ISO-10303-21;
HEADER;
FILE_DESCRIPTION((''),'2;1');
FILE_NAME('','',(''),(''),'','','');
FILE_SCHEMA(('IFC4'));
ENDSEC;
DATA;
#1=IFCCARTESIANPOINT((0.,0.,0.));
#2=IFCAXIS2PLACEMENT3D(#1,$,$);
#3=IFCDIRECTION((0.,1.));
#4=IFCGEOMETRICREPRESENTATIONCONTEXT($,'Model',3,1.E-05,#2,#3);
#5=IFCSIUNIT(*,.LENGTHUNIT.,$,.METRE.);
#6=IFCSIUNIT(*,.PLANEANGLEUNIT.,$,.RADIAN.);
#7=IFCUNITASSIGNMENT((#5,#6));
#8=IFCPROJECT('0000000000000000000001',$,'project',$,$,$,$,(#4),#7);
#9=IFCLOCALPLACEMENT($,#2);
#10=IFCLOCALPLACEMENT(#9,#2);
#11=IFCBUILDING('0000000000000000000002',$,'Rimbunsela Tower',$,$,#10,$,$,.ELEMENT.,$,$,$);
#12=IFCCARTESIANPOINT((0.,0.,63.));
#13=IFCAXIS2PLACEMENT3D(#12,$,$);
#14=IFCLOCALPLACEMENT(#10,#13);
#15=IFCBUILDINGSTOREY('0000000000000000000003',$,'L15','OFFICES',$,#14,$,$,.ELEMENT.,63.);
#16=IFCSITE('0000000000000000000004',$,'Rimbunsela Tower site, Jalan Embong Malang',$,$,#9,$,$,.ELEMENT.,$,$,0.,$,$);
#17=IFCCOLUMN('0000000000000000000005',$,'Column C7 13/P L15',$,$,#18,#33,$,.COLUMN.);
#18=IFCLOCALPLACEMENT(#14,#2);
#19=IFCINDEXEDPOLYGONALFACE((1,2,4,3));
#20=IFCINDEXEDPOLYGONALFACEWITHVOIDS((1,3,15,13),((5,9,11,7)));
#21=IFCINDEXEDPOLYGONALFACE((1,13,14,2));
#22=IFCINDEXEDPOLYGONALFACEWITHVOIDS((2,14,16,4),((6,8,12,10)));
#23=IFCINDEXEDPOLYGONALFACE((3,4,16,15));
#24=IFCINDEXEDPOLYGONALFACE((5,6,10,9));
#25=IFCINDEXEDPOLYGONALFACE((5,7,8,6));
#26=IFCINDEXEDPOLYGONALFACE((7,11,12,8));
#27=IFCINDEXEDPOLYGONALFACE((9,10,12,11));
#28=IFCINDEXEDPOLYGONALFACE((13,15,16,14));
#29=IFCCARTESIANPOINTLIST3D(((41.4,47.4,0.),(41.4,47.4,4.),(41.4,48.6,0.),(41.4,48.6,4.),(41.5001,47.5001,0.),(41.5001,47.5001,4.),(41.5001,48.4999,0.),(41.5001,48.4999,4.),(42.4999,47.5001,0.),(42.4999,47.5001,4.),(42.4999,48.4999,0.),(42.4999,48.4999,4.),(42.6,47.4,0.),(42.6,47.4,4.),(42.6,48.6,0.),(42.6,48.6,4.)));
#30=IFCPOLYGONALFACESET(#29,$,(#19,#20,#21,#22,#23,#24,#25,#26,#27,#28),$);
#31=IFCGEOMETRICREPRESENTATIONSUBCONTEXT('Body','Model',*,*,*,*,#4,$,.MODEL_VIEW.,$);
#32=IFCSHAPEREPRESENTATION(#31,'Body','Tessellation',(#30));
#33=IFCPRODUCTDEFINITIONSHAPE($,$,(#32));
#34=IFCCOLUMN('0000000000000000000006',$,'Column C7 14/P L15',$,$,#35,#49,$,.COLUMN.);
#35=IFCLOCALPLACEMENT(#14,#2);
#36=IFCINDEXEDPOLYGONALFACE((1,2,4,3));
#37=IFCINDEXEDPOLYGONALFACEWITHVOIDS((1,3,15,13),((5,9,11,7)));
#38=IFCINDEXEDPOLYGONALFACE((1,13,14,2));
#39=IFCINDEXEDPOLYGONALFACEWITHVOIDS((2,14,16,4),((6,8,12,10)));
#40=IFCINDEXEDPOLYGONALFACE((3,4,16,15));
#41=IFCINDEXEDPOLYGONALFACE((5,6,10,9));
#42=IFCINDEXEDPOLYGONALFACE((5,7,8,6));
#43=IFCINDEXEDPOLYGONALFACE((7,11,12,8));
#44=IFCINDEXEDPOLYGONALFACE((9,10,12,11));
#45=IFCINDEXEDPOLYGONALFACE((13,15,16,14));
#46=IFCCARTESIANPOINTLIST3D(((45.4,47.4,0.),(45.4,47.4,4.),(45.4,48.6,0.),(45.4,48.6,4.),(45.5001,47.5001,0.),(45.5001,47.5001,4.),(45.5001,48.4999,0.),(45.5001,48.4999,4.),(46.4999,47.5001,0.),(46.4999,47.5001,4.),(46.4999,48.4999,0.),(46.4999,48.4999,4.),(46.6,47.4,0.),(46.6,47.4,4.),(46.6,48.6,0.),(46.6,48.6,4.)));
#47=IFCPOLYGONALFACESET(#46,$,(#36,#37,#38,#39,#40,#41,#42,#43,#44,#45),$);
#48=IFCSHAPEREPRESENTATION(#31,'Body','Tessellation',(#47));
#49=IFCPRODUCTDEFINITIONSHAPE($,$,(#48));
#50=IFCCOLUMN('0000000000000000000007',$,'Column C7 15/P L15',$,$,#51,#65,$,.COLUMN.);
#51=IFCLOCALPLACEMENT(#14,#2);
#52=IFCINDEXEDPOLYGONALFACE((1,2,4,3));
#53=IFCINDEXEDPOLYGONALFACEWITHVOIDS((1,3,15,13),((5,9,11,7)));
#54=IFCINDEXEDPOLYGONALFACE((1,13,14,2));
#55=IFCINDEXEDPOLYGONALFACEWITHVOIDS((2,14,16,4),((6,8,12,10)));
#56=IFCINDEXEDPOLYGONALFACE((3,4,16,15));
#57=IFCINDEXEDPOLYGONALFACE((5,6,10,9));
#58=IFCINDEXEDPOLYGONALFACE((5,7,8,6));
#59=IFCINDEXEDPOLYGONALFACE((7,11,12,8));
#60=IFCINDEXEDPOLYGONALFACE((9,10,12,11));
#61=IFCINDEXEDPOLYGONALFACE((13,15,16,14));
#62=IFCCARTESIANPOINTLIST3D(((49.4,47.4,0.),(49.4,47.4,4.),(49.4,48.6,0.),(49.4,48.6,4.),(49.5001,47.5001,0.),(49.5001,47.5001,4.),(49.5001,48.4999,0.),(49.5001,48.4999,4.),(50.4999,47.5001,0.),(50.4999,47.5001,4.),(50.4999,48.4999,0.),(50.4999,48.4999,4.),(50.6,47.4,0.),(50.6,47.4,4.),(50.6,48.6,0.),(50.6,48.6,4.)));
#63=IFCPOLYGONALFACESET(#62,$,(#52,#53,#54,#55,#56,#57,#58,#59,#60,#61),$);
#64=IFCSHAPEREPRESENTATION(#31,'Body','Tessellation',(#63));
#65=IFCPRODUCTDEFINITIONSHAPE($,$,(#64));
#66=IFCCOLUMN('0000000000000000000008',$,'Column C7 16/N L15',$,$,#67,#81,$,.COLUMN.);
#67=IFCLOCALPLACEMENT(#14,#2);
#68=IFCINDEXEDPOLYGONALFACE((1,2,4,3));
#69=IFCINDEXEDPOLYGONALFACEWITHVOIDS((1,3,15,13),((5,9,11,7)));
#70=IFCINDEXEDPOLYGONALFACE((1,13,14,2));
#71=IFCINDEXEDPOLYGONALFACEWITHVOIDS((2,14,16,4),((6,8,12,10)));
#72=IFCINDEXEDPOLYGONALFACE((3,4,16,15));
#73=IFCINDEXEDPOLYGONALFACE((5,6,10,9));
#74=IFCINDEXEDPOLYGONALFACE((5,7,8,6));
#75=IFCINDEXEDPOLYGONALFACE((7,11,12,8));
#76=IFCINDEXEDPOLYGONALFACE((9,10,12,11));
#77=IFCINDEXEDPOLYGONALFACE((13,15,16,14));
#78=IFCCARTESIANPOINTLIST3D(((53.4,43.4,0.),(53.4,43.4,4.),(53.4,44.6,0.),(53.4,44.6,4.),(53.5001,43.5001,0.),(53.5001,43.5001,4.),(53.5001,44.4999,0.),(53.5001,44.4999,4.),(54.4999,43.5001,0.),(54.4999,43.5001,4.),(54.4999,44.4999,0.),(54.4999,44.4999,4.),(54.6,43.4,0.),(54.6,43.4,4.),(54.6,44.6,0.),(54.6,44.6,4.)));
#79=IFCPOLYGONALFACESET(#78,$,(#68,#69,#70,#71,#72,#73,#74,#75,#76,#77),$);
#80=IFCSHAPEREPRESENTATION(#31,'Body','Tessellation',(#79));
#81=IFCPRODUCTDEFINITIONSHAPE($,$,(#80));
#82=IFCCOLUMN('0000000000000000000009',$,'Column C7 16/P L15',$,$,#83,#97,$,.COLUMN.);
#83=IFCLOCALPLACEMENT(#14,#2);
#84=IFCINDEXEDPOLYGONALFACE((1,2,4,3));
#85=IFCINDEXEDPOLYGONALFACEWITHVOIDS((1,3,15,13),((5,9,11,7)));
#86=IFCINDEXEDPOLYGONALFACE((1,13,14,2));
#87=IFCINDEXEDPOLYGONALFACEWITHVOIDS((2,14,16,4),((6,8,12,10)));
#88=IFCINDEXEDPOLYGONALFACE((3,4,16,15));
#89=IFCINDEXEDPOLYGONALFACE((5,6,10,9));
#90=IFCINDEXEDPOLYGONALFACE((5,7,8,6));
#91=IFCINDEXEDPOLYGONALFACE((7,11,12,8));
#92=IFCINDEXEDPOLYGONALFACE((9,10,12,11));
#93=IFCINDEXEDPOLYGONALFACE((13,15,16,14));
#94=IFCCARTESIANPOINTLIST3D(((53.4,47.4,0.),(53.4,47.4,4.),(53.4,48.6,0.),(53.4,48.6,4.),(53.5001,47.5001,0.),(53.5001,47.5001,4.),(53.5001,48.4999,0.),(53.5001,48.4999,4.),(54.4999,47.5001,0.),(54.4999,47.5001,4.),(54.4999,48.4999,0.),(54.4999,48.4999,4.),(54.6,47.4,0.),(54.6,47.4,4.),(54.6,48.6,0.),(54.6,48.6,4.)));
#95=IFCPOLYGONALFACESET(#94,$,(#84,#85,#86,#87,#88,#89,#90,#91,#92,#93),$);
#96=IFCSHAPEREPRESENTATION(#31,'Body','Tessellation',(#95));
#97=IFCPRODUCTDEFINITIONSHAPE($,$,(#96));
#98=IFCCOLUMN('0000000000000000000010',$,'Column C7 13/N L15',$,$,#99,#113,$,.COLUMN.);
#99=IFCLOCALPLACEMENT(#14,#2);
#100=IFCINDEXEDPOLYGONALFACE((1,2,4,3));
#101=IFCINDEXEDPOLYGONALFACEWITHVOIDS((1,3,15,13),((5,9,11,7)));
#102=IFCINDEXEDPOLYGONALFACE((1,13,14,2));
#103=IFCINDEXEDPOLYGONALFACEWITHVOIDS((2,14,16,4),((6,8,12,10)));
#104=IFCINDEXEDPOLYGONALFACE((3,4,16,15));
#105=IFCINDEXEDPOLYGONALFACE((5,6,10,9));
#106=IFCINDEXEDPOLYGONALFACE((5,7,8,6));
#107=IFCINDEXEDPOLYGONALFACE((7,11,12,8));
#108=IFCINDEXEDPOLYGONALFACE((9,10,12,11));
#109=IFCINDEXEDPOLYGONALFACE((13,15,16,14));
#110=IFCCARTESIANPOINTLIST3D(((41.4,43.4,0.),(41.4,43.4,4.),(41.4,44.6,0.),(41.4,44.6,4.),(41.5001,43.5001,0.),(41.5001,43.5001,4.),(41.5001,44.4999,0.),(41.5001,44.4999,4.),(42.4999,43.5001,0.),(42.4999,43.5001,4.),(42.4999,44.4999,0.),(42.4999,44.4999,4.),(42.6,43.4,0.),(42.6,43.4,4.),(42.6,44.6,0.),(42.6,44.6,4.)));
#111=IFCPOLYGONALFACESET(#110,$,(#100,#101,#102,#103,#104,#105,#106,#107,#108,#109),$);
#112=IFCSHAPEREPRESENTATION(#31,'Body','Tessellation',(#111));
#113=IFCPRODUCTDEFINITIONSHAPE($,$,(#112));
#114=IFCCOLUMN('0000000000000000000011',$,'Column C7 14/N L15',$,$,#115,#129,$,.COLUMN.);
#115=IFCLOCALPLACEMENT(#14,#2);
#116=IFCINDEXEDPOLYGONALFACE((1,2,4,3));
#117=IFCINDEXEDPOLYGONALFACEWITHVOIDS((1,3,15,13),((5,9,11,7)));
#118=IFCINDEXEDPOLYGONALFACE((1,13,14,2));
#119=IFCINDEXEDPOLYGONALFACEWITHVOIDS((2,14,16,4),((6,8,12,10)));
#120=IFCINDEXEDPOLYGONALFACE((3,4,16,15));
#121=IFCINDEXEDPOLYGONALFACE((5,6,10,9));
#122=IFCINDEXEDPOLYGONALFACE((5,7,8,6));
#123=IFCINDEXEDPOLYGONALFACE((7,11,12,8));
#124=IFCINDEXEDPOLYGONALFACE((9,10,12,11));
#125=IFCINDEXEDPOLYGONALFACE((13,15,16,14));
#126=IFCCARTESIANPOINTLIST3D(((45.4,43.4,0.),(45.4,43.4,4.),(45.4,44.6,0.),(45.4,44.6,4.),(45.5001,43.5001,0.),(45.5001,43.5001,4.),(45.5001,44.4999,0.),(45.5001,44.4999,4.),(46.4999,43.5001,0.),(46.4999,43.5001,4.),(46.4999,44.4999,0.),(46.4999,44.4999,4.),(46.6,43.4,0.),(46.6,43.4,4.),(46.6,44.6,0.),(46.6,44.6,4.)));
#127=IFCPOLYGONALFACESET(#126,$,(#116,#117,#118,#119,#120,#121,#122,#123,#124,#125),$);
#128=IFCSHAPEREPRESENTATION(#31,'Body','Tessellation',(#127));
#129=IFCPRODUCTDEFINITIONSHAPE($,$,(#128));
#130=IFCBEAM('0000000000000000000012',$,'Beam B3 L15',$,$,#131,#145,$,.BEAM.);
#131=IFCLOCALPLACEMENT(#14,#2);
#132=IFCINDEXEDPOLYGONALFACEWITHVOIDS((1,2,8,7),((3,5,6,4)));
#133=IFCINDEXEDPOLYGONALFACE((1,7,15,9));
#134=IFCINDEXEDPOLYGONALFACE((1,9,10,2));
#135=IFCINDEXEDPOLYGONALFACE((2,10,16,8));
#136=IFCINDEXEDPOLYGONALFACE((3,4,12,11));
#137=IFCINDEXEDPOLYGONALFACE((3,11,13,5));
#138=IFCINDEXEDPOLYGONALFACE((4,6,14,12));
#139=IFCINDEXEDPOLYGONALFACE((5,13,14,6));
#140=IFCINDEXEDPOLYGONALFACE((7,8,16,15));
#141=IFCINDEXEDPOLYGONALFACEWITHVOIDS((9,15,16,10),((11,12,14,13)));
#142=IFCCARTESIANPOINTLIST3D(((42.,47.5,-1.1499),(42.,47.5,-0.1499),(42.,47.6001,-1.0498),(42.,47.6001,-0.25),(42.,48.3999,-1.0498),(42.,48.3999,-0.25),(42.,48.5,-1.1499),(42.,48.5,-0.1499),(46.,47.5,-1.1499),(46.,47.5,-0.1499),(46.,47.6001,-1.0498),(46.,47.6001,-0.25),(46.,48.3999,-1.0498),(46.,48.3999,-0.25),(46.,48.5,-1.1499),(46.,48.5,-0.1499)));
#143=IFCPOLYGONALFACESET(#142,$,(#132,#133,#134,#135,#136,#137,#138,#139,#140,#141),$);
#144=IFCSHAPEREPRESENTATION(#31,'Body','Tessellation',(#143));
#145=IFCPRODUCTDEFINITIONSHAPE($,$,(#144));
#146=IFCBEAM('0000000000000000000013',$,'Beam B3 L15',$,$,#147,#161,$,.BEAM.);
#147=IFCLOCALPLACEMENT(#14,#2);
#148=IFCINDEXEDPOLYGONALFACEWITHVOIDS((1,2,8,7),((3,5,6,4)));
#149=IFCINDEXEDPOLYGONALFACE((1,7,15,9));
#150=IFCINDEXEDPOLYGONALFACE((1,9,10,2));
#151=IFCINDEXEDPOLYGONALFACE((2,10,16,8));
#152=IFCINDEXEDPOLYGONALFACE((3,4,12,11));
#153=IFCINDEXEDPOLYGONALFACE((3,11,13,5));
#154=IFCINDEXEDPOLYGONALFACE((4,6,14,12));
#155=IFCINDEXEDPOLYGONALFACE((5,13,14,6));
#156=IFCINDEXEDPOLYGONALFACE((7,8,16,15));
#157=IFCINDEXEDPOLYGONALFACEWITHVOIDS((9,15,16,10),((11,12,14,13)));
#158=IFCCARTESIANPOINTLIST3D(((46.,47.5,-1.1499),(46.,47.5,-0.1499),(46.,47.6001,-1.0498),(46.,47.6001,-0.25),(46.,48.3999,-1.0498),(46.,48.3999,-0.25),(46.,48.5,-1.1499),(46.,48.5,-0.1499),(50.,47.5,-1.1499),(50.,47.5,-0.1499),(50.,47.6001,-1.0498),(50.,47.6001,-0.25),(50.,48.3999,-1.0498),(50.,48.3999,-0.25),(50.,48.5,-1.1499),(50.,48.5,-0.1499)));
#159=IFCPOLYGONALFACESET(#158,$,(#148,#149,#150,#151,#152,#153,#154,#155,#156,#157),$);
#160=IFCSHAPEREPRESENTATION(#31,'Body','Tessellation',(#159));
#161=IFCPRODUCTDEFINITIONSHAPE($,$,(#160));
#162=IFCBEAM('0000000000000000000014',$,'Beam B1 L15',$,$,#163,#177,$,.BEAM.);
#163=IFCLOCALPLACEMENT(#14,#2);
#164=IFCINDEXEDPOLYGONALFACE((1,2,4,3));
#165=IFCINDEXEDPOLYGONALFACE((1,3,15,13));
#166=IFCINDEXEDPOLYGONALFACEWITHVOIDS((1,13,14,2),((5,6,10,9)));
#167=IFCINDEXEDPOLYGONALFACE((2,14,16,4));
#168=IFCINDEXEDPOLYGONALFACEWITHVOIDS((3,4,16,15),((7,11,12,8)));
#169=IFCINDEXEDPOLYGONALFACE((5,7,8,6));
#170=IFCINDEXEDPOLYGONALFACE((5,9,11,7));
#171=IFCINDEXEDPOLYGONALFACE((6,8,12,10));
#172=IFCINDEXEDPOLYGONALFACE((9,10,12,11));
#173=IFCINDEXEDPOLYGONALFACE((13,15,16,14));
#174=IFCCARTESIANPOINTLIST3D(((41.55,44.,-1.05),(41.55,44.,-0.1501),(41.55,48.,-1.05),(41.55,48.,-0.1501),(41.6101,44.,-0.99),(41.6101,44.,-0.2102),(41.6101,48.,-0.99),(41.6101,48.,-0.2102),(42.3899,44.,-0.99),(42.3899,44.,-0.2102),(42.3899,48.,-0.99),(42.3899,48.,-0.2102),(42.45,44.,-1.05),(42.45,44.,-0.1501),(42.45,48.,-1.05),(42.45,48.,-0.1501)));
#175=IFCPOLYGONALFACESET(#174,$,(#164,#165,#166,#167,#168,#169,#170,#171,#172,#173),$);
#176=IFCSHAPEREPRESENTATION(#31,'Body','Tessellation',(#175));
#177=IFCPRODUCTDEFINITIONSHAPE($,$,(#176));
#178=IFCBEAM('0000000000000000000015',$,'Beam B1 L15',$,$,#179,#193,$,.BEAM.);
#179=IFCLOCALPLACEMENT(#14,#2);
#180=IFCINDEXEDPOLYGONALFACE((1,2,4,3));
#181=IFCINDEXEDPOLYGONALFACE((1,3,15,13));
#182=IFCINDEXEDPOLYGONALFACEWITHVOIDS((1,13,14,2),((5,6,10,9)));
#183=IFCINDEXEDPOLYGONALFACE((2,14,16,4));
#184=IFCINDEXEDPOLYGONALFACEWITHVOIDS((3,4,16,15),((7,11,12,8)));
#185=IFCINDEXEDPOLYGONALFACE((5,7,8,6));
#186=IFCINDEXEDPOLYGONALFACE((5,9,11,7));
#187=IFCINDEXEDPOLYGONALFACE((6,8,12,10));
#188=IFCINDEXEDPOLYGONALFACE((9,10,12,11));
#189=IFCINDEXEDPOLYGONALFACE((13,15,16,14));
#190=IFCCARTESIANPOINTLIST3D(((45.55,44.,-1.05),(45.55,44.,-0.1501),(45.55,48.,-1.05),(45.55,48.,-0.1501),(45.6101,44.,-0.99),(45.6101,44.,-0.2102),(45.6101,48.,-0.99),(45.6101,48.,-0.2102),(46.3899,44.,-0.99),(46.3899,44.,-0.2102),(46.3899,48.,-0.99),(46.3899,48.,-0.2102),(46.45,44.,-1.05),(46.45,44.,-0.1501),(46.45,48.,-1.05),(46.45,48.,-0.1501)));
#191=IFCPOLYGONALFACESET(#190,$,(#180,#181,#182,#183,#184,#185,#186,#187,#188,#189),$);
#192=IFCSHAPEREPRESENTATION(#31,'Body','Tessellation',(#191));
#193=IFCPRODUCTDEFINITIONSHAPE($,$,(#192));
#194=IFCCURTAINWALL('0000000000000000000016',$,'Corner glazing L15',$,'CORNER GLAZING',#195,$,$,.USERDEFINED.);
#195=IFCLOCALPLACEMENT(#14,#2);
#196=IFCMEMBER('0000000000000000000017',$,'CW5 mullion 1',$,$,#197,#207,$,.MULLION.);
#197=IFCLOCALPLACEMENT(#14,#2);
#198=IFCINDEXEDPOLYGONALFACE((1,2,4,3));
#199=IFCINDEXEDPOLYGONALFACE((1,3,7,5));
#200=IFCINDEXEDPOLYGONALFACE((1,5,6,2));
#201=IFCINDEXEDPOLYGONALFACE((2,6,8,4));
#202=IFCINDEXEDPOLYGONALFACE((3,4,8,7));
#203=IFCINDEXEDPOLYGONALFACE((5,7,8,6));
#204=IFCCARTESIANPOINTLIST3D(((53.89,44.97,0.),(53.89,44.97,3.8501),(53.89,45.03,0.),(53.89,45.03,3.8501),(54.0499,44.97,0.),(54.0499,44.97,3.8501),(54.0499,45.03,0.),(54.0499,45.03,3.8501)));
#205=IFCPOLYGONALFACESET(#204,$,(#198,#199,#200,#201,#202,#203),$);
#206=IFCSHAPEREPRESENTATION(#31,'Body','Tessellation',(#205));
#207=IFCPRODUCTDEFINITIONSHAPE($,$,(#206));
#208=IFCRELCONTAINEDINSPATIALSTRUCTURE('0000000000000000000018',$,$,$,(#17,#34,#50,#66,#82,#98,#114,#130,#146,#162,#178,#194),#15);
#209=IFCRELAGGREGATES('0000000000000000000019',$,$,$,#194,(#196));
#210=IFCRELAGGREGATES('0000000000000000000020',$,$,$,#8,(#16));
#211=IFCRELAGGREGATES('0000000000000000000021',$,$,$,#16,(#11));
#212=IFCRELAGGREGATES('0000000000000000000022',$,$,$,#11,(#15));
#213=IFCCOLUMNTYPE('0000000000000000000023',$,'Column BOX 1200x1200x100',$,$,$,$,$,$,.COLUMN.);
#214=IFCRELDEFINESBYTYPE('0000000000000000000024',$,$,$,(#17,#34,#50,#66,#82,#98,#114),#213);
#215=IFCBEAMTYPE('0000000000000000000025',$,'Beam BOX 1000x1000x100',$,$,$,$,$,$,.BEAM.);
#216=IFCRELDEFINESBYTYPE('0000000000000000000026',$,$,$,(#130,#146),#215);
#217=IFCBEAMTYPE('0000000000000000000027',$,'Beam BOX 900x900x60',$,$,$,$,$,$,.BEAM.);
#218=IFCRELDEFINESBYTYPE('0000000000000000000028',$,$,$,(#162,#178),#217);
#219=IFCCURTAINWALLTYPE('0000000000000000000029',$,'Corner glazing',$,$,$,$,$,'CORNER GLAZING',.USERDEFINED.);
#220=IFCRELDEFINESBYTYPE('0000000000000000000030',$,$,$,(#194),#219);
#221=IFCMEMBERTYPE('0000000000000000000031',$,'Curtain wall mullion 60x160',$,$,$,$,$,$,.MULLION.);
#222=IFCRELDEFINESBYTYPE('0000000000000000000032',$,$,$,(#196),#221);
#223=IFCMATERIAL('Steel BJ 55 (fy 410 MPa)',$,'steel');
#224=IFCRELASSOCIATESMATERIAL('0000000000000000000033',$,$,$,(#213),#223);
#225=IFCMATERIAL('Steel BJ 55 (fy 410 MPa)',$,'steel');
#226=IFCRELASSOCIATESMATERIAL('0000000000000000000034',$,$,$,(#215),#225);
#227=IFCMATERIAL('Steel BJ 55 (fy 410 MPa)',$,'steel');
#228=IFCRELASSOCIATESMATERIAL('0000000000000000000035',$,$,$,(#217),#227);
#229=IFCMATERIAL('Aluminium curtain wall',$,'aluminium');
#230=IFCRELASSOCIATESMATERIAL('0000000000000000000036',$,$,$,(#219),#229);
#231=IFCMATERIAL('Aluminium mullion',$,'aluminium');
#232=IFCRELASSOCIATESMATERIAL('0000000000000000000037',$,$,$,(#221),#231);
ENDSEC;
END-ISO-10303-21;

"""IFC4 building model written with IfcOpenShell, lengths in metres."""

from ifc_helpers import new_model, si_unit, direction, frame, origin, origin_2d, place, context, subcontext, project, spatial, rectangle, hollow_rectangle, extrude, material, material_profile, profile_set, type_object, element, aggregate, save


model = new_model("IFC4")

# Units and contexts
model_context = context("Model", 3, precision=1e-05, world=origin(), true_north=direction((0.0, 1.0)))
body_context = subcontext(model_context, "Body", "Model", "MODEL_VIEW")
ifc_project = project(units=[si_unit("LENGTHUNIT", "METRE"), si_unit("PLANEANGLEUNIT", "RADIAN")], contexts=[model_context])

# Site, building, storey
site_placement = place(None, origin())
site = spatial("IfcSite", under=ifc_project, at=site_placement, Name="Rimbunsela Tower site, Jalan Embong Malang", CompositionType="ELEMENT", RefElevation=0.0)
building_placement = place(site_placement, origin())
building = spatial("IfcBuilding", under=site, at=building_placement, Name="Rimbunsela Tower", CompositionType="ELEMENT")
storey_placement = place(building_placement, frame((0.0, 0.0, 63.0)))
storey = spatial("IfcBuildingStorey", under=building, at=storey_placement, Name="L15", Description="OFFICES", CompositionType="ELEMENT", Elevation=63.0)

# Columns
ifc_material_1 = material(Name="Steel BJ 55 (fy 410 MPa)", Category="steel")
ifc_material_profile_1 = material_profile(ifc_material_1, hollow_rectangle(XDim=1.2, YDim=1.2, WallThickness=0.1001, at=origin_2d()), Name="BOX 1200x1200x100")
ifc_profile_set_1 = profile_set([ifc_material_profile_1], Name="Steel BJ 55 (fy 410 MPa)")
column_type = type_object("IfcColumnType", Name="Column BOX 1200x1200x100", PredefinedType="COLUMN", material=ifc_profile_set_1)
for number, where, z_axis, x_axis, name in (
    (1, (42.0, 48.0, 0.0), (0.0, 0.0, 1.0), (1.0, 0.0, 0.0), "Column C7 13/P L15"),
    (2, (46.0, 48.0, 0.0), (0.0, 0.0, 1.0), (1.0, 0.0, 0.0), "Column C7 14/P L15"),
    (3, (50.0, 48.0, 0.0), (0.0, 0.0, 1.0), (1.0, 0.0, 0.0), "Column C7 15/P L15"),
    (4, (54.0, 44.0, 0.0), (0.0, 0.0, 1.0), (1.0, 0.0, 0.0), "Column C7 16/N L15"),
    (5, (54.0, 48.0, 0.0), (0.0, 0.0, 1.0), (1.0, 0.0, 0.0), "Column C7 16/P L15"),
    (6, (42.0, 44.0, 0.0), (0.0, 0.0, 1.0), (1.0, 0.0, 0.0), "Column C7 13/N L15"),
    (7, (46.0, 44.0, 0.0), (0.0, 0.0, 1.0), (1.0, 0.0, 0.0), "Column C7 14/N L15"),
):
    element("IfcColumn", number, at=place(storey_placement, frame(where, z_axis=z_axis, x_axis=x_axis)), inside=storey, type_object=column_type, Name=name, PredefinedType="COLUMN", context=body_context, shape_type="SweptSolid", body=[
        extrude(hollow_rectangle(XDim=1.2, YDim=1.2, WallThickness=0.1001, at=origin_2d()), origin(), (0.0, 0.0, 1.0), 4.0),
    ])

# Beams
ifc_material_2 = material(Name="Steel BJ 55 (fy 410 MPa)", Category="steel")
ifc_material_profile_2 = material_profile(ifc_material_2, hollow_rectangle(XDim=1.0, YDim=1.0, WallThickness=0.1001, at=origin_2d()), Name="BOX 1000x1000x100")
ifc_profile_set_2 = profile_set([ifc_material_profile_2], Name="Steel BJ 55 (fy 410 MPa)")
beam_type_1 = type_object("IfcBeamType", Name="Beam BOX 1000x1000x100", PredefinedType="BEAM", material=ifc_profile_set_2)
for number, where, z_axis, x_axis, name in (
    (8, (42.0, 48.0, -0.6499), (1.0, 0.0, 0.0), (0.0, 1.0, 0.0), "Beam B3 L15"),
    (9, (46.0, 48.0, -0.6499), (1.0, 0.0, 0.0), (0.0, 1.0, 0.0), "Beam B3 L15"),
):
    element("IfcBeam", number, at=place(storey_placement, frame(where, z_axis=z_axis, x_axis=x_axis)), inside=storey, type_object=beam_type_1, Name=name, PredefinedType="BEAM", context=body_context, shape_type="SweptSolid", body=[
        extrude(hollow_rectangle(XDim=1.0, YDim=1.0, WallThickness=0.1001, at=origin_2d()), origin(), (0.0, 0.0, 1.0), 4.0),
    ])
ifc_material_3 = material(Name="Steel BJ 55 (fy 410 MPa)", Category="steel")
ifc_material_profile_3 = material_profile(ifc_material_3, hollow_rectangle(XDim=0.8999, YDim=0.8999, WallThickness=0.0601, at=origin_2d()), Name="BOX 900x900x60")
ifc_profile_set_3 = profile_set([ifc_material_profile_3], Name="Steel BJ 55 (fy 410 MPa)")
beam_type_2 = type_object("IfcBeamType", Name="Beam BOX 900x900x60", PredefinedType="BEAM", material=ifc_profile_set_3)
for number, where, z_axis, x_axis, name in (
    (10, (42.0, 44.0, -0.6001), (0.0, 1.0, 0.0), (-1.0, 0.0, 0.0), "Beam B1 L15"),
    (11, (46.0, 44.0, -0.6001), (0.0, 1.0, 0.0), (-1.0, 0.0, 0.0), "Beam B1 L15"),
):
    element("IfcBeam", number, at=place(storey_placement, frame(where, z_axis=z_axis, x_axis=x_axis)), inside=storey, type_object=beam_type_2, Name=name, PredefinedType="BEAM", context=body_context, shape_type="SweptSolid", body=[
        extrude(hollow_rectangle(XDim=0.8999, YDim=0.8999, WallThickness=0.0601, at=origin_2d()), origin(), (0.0, 0.0, 1.0), 4.0),
    ])

# Curtain wall, member
ifc_material_4 = material(Name="Aluminium curtain wall", Category="aluminium")
curtain_wall_type = type_object("IfcCurtainWallType", Name="Corner glazing", ElementType="CORNER GLAZING", PredefinedType="USERDEFINED", material=ifc_material_4)
curtain_wall_1_placement = place(storey_placement, origin())
curtain_wall_1 = element("IfcCurtainWall", 12, at=curtain_wall_1_placement, inside=storey, type_object=curtain_wall_type, Name="Corner glazing L15", ObjectType="CORNER GLAZING", PredefinedType="USERDEFINED")
ifc_material_5 = material(Name="Aluminium mullion", Category="aluminium")
ifc_material_profile_4 = material_profile(ifc_material_5, rectangle(XDim=0.0601, YDim=0.1599, at=origin_2d()), Name="Mullion 60x160")
ifc_profile_set_4 = profile_set([ifc_material_profile_4], Name="Aluminium mullion")
member_type_1 = type_object("IfcMemberType", Name="Curtain wall mullion 60x160", PredefinedType="MULLION", material=ifc_profile_set_4)
member_1_placement = place(storey_placement, frame((53.97, 45.0, 0.0), z_axis=(0.0, 0.0, 1.0), x_axis=(0.0, -1.0, 0.0)))
member_1 = element("IfcMember", 13, at=member_1_placement, type_object=member_type_1, Name="CW5 mullion 1", PredefinedType="MULLION", context=body_context, shape_type="SweptSolid", body=[
    extrude(rectangle(XDim=0.0601, YDim=0.1599, at=origin_2d()), origin(), (0.0, 0.0, 1.0), 3.8501),
])

aggregate(curtain_wall_1, [member_1])

save(model, "model.ifc")
